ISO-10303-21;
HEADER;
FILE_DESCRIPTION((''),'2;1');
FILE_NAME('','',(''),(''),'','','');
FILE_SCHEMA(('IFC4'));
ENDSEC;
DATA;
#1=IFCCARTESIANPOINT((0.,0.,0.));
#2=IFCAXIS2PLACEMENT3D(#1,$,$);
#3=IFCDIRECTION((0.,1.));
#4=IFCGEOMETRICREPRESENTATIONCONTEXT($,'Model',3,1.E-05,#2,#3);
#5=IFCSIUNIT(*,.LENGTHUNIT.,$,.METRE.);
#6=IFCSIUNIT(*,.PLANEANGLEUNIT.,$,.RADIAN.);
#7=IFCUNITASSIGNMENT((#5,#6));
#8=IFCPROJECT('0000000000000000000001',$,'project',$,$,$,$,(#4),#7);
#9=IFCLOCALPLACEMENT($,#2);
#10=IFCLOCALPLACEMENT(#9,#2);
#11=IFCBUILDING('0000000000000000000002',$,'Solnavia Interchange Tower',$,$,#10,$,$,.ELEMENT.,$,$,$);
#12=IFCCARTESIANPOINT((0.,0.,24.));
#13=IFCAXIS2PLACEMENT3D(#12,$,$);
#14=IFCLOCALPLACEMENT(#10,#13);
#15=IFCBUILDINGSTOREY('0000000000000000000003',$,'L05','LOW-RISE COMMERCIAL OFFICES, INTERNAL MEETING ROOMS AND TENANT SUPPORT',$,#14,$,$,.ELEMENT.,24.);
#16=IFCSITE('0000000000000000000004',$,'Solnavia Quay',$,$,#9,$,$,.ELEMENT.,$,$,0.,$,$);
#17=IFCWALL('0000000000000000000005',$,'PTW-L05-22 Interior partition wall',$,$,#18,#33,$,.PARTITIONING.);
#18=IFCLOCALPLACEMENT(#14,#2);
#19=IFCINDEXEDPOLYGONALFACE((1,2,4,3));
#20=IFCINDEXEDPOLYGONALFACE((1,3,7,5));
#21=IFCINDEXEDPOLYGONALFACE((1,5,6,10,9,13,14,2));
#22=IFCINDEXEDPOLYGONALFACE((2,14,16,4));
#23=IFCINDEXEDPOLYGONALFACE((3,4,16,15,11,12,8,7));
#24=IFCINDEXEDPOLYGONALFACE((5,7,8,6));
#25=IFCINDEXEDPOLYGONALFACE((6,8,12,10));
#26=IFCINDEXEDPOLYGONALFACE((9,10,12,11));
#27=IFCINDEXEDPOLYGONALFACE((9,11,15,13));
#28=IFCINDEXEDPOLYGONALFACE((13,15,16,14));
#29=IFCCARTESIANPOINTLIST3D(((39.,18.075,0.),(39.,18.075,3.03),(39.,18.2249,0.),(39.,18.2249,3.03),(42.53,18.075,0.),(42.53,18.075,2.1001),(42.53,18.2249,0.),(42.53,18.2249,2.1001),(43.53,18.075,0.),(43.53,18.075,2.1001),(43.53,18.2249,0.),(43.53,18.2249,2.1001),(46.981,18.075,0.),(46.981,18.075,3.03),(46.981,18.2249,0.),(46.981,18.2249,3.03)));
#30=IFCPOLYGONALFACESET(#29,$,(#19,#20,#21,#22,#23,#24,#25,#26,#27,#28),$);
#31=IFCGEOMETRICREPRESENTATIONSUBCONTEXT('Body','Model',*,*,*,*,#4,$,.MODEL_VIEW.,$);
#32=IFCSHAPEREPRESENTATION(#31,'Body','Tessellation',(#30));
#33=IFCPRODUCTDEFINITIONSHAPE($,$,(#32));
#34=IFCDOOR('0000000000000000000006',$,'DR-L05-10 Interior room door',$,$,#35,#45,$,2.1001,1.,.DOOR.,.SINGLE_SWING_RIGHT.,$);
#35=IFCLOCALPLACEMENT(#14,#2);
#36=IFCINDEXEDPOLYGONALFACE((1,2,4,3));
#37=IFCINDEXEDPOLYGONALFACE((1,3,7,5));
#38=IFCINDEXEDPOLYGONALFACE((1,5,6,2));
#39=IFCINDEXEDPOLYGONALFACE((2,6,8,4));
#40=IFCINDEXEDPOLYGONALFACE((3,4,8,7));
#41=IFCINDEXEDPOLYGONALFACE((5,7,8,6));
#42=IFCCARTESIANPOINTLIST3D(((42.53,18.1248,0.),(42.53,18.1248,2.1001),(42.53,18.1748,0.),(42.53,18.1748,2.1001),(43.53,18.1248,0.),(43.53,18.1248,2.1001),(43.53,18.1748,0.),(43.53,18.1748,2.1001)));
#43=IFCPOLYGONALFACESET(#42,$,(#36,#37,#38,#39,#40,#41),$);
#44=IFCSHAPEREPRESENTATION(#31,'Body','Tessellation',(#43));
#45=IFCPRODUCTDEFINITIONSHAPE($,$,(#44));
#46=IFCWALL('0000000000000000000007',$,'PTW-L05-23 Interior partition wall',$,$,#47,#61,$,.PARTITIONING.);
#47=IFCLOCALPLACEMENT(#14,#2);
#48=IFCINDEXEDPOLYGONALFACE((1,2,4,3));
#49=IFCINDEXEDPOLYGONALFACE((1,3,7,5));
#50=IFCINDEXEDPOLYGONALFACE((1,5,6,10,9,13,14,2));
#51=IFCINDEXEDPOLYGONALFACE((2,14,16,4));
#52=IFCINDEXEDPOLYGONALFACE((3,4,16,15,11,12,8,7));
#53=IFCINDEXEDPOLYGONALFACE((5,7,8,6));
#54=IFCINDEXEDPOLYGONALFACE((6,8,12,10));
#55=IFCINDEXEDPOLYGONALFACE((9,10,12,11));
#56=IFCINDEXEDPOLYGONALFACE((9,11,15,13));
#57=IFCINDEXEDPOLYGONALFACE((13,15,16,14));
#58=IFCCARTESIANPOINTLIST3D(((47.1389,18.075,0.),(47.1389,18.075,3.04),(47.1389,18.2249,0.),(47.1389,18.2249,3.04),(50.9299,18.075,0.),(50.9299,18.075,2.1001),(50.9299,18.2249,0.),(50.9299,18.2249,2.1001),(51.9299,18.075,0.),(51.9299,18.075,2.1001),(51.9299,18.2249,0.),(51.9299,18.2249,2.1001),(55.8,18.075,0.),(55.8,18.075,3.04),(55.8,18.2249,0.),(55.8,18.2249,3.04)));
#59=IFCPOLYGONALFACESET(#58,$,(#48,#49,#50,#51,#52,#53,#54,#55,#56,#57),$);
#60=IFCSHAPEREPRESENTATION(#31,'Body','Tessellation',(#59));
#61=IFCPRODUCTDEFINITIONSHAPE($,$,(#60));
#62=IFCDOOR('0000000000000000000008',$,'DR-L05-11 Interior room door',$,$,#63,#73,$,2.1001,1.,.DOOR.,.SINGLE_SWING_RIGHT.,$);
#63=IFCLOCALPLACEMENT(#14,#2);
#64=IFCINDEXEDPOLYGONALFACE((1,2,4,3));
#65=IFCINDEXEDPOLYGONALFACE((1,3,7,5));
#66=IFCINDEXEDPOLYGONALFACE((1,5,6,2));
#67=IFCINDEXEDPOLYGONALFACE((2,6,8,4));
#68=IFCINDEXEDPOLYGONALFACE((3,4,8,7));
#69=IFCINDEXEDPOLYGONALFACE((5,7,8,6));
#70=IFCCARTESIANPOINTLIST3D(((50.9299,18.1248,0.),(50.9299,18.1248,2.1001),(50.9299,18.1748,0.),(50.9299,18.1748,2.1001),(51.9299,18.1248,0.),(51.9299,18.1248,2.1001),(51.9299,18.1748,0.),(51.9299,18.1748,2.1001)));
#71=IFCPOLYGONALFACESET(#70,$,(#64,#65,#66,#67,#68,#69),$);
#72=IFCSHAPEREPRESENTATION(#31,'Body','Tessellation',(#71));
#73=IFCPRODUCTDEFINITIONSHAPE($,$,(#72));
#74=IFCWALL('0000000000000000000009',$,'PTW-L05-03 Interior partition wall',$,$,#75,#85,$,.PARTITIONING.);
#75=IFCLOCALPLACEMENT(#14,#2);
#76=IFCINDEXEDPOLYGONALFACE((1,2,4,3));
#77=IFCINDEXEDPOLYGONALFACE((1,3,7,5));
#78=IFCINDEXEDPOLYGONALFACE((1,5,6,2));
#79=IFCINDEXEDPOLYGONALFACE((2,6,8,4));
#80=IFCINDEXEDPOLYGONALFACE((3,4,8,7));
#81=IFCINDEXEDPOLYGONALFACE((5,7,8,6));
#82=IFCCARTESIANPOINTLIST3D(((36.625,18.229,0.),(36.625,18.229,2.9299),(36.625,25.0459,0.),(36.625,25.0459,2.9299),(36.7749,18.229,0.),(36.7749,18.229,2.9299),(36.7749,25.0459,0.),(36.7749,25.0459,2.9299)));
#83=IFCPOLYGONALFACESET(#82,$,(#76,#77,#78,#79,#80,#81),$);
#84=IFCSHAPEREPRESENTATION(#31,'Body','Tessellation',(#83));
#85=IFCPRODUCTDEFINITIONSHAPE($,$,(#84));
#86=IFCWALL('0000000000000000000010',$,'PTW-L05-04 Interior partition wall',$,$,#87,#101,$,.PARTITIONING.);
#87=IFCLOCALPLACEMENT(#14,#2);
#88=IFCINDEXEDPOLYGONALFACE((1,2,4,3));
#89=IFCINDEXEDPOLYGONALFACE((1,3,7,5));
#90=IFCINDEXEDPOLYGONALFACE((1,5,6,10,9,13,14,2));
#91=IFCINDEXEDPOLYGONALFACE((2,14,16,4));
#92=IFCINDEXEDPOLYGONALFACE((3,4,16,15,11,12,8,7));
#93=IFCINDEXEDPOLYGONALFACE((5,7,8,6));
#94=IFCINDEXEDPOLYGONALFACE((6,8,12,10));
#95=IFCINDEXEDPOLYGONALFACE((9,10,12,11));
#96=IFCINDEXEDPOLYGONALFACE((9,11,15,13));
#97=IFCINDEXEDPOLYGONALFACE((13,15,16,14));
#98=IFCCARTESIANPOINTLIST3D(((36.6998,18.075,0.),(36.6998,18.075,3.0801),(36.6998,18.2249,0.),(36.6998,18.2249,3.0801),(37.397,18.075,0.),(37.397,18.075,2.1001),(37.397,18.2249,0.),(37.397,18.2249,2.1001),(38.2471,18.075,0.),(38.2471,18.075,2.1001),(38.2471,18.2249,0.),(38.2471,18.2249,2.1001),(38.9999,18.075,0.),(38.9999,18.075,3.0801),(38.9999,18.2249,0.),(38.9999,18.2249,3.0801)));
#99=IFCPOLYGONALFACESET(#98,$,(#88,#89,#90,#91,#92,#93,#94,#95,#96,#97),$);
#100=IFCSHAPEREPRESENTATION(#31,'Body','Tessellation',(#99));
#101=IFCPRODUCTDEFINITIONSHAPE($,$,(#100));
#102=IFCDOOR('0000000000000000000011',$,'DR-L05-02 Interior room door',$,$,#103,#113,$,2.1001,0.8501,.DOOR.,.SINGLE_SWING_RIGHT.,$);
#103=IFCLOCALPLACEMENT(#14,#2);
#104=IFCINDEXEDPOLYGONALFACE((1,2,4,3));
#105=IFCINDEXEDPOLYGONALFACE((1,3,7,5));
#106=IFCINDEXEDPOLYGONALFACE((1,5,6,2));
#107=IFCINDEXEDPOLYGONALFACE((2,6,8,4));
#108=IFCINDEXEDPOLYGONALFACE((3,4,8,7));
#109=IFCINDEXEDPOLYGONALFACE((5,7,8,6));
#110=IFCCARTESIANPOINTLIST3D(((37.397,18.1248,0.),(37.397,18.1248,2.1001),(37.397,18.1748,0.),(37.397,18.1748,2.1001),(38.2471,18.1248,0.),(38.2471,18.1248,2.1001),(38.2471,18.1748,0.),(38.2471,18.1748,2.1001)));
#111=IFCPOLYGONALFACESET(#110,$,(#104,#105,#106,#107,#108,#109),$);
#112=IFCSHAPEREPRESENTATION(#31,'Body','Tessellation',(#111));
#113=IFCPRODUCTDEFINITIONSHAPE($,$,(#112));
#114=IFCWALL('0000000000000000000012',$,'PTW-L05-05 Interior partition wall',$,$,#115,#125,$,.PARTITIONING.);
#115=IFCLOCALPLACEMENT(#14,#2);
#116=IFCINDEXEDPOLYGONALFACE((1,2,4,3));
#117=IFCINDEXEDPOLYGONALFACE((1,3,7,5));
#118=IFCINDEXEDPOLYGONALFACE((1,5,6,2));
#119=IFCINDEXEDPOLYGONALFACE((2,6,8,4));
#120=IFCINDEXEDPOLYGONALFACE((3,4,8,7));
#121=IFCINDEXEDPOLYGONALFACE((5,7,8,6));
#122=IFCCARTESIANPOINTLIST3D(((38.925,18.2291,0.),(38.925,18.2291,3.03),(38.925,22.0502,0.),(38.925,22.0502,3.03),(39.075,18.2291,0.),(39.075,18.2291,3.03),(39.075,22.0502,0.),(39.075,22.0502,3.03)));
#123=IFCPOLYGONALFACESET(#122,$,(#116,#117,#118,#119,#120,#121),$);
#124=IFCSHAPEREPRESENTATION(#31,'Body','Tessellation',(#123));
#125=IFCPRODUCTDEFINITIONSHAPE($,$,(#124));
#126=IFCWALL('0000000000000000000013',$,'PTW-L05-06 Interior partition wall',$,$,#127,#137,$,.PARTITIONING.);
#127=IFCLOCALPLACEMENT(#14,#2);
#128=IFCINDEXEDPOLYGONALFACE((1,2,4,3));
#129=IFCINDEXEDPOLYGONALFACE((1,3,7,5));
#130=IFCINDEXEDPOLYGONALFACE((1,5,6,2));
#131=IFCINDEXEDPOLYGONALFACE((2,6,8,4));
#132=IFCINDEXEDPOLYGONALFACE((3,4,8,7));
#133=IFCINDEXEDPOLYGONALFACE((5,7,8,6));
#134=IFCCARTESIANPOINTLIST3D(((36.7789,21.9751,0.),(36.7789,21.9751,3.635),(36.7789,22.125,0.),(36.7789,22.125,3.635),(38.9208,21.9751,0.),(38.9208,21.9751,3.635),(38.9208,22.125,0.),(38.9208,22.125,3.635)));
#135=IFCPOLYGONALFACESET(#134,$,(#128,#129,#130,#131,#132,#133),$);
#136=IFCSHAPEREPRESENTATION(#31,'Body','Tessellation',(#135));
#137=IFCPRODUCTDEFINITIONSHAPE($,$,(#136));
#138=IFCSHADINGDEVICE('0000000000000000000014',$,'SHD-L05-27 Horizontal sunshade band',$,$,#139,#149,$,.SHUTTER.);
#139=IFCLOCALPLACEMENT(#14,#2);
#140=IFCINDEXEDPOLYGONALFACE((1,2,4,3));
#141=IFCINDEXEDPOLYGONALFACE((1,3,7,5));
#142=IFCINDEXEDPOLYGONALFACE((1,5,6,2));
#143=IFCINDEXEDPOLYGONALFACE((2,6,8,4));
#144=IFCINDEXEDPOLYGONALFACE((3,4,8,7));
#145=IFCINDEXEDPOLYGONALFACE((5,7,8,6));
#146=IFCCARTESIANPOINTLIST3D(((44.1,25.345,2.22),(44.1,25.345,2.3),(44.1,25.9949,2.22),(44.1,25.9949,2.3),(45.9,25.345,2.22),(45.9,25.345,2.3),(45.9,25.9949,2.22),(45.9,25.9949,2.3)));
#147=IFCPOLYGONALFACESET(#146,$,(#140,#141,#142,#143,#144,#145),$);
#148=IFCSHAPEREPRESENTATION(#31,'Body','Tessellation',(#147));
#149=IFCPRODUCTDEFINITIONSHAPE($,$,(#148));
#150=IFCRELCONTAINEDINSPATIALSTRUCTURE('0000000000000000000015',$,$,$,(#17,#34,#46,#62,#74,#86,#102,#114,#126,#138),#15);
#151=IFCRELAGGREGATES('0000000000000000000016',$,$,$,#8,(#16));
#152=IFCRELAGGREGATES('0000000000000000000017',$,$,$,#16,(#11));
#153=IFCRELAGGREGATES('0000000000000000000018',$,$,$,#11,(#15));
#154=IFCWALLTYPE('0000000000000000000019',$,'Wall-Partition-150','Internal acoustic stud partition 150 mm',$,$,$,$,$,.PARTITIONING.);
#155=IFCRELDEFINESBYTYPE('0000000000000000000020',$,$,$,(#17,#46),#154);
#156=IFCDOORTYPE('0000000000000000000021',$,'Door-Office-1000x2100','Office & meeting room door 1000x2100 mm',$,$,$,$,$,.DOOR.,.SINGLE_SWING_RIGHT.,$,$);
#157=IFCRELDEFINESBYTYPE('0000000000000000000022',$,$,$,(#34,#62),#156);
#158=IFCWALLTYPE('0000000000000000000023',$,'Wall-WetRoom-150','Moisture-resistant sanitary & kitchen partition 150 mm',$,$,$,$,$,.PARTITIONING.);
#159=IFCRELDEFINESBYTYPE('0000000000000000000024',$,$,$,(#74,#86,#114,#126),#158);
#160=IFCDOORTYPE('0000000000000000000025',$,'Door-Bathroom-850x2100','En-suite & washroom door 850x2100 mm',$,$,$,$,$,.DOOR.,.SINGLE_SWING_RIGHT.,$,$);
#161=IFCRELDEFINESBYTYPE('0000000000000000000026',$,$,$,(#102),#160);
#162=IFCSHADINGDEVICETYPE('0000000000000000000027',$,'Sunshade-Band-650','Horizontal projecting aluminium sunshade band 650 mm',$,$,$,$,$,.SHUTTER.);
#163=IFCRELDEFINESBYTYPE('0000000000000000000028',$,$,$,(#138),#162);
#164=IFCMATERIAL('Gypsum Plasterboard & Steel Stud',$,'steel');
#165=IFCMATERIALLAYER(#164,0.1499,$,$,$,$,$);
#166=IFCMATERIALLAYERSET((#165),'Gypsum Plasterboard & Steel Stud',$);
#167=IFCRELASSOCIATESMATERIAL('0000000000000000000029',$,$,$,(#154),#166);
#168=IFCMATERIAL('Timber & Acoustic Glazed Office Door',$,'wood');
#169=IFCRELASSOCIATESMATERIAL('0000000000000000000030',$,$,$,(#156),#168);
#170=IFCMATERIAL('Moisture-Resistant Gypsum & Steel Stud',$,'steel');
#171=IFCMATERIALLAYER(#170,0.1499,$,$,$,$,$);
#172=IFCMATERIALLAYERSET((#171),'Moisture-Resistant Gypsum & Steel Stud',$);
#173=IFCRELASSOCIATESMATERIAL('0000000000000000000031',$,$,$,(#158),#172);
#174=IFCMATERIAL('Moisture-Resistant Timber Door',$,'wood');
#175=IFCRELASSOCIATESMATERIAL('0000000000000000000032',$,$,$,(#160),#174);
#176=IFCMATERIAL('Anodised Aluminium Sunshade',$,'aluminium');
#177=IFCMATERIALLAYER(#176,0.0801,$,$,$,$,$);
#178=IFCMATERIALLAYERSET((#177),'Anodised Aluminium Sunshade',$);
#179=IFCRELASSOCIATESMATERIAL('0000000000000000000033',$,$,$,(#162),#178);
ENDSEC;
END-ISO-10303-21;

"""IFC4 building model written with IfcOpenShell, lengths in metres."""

from ifc_helpers import new_model, si_unit, direction, frame, frame_2d, origin, origin_2d, place, context, subcontext, project, spatial, rectangle, extrude, material, layer, layer_set, type_object, element, fill, save


model = new_model("IFC4")

# Units and contexts
model_context = context("Model", 3, precision=1e-05, world=origin(), true_north=direction((0.0, 1.0)))
body_context = subcontext(model_context, "Body", "Model", "MODEL_VIEW")
ifc_project = project(units=[si_unit("LENGTHUNIT", "METRE"), si_unit("PLANEANGLEUNIT", "RADIAN")], contexts=[model_context])

# Site, building, storey
site_placement = place(None, origin())
site = spatial("IfcSite", under=ifc_project, at=site_placement, Name="Solnavia Quay", CompositionType="ELEMENT", RefElevation=0.0)
building_placement = place(site_placement, origin())
building = spatial("IfcBuilding", under=site, at=building_placement, Name="Solnavia Interchange Tower", CompositionType="ELEMENT")
storey_placement = place(building_placement, frame((0.0, 0.0, 24.0)))
storey = spatial("IfcBuildingStorey", under=building, at=storey_placement, Name="L05", Description="LOW-RISE COMMERCIAL OFFICES, INTERNAL MEETING ROOMS AND TENANT SUPPORT", CompositionType="ELEMENT", Elevation=24.0)

# Shared definitions
ifc_material_1 = material(Name="Gypsum Plasterboard & Steel Stud", Category="steel")
ifc_layer_1 = layer(ifc_material_1, 0.1499)
ifc_layer_set_1 = layer_set([ifc_layer_1], Name="Gypsum Plasterboard & Steel Stud")
wall_type_1 = type_object("IfcWallType", Name="Wall-Partition-150", Description="Internal acoustic stud partition 150 mm", PredefinedType="PARTITIONING", material=ifc_layer_set_1)

# Walls, openings, doors
wall_1_placement = place(storey_placement, frame((39.0, 18.1499, 0.0), z_axis=(0.0, 0.0, 1.0), x_axis=(1.0, 0.0, 0.0)))
wall_1 = element("IfcWall", 1, at=wall_1_placement, inside=storey, type_object=wall_type_1, Name="PTW-L05-22 Interior partition wall", PredefinedType="PARTITIONING", context=body_context, shape_type="SweptSolid", body=[
    extrude(rectangle(XDim=7.981, YDim=0.1499, at=frame_2d((3.9905, 0.0))), origin(), (0.0, 0.0, 1.0), 3.03),
])
opening_1_placement = place(wall_1_placement, frame((3.53, 0.0, 0.0)))
opening_1 = element("IfcOpeningElement", 2, at=opening_1_placement, cuts=wall_1, PredefinedType="OPENING", context=body_context, shape_type="SweptSolid", body=[
    extrude(rectangle(XDim=1.0, YDim=2.1001, at=frame_2d((0.5, 1.05))), frame((0.0, 0.085, 0.0), z_axis=(0.0, -1.0, 0.0), x_axis=(1.0, 0.0, 0.0)), (0.0, 0.0, 1.0), 0.1699),
])
ifc_material_2 = material(Name="Timber & Acoustic Glazed Office Door", Category="wood")
door_type_1 = type_object("IfcDoorType", Name="Door-Office-1000x2100", Description="Office & meeting room door 1000x2100 mm", OperationType="SINGLE_SWING_RIGHT", PredefinedType="DOOR", material=ifc_material_2)
door_1_placement = place(opening_1_placement, origin())
door_1 = element("IfcDoor", 3, at=door_1_placement, inside=storey, type_object=door_type_1, Name="DR-L05-10 Interior room door", OperationType="SINGLE_SWING_RIGHT", OverallHeight=2.1001, OverallWidth=1.0, PredefinedType="DOOR", context=body_context, shape_type="SweptSolid", body=[
    extrude(rectangle(XDim=1.0, YDim=2.1001, at=frame_2d((0.5, 1.05))), frame((0.0, 0.0249, 0.0), z_axis=(0.0, -1.0, 0.0), x_axis=(1.0, 0.0, 0.0)), (0.0, 0.0, 1.0), 0.05),
])
fill(opening_1, door_1)
wall_2_placement = place(storey_placement, frame((47.1389, 18.1499, 0.0), z_axis=(0.0, 0.0, 1.0), x_axis=(1.0, 0.0, 0.0)))
wall_2 = element("IfcWall", 4, at=wall_2_placement, inside=storey, type_object=wall_type_1, Name="PTW-L05-23 Interior partition wall", PredefinedType="PARTITIONING", context=body_context, shape_type="SweptSolid", body=[
    extrude(rectangle(XDim=8.6611, YDim=0.1499, at=frame_2d((4.3306, 0.0))), origin(), (0.0, 0.0, 1.0), 3.04),
])
opening_2_placement = place(wall_2_placement, frame((3.791, 0.0, 0.0)))
opening_2 = element("IfcOpeningElement", 5, at=opening_2_placement, cuts=wall_2, PredefinedType="OPENING", context=body_context, shape_type="SweptSolid", body=[
    extrude(rectangle(XDim=1.0, YDim=2.1001, at=frame_2d((0.5, 1.05))), frame((0.0, 0.085, 0.0), z_axis=(0.0, -1.0, 0.0), x_axis=(1.0, 0.0, 0.0)), (0.0, 0.0, 1.0), 0.1699),
])
door_2_placement = place(opening_2_placement, origin())
door_2 = element("IfcDoor", 6, at=door_2_placement, inside=storey, type_object=door_type_1, Name="DR-L05-11 Interior room door", OperationType="SINGLE_SWING_RIGHT", OverallHeight=2.1001, OverallWidth=1.0, PredefinedType="DOOR", context=body_context, shape_type="SweptSolid", body=[
    extrude(rectangle(XDim=1.0, YDim=2.1001, at=frame_2d((0.5, 1.05))), frame((0.0, 0.0249, 0.0), z_axis=(0.0, -1.0, 0.0), x_axis=(1.0, 0.0, 0.0)), (0.0, 0.0, 1.0), 0.05),
])
fill(opening_2, door_2)

# Wall
ifc_material_3 = material(Name="Moisture-Resistant Gypsum & Steel Stud", Category="steel")
ifc_layer_2 = layer(ifc_material_3, 0.1499)
ifc_layer_set_2 = layer_set([ifc_layer_2], Name="Moisture-Resistant Gypsum & Steel Stud")
wall_type_2 = type_object("IfcWallType", Name="Wall-WetRoom-150", Description="Moisture-resistant sanitary & kitchen partition 150 mm", PredefinedType="PARTITIONING", material=ifc_layer_set_2)
wall_3_placement = place(storey_placement, frame((36.7, 18.229, 0.0), z_axis=(0.0, 0.0, 1.0), x_axis=(0.0, 1.0, 0.0)))
element("IfcWall", 7, at=wall_3_placement, inside=storey, type_object=wall_type_2, Name="PTW-L05-03 Interior partition wall", PredefinedType="PARTITIONING", context=body_context, shape_type="SweptSolid", body=[
    extrude(rectangle(XDim=6.8169, YDim=0.1499, at=frame_2d((3.4084, 0.0))), origin(), (0.0, 0.0, 1.0), 2.9299),
])

# Wall, opening, door
wall_4_placement = place(storey_placement, frame((36.7, 18.1499, 0.0), z_axis=(0.0, 0.0, 1.0), x_axis=(1.0, 0.0, 0.0)))
wall_4 = element("IfcWall", 8, at=wall_4_placement, inside=storey, type_object=wall_type_2, Name="PTW-L05-04 Interior partition wall", PredefinedType="PARTITIONING", context=body_context, shape_type="SweptSolid", body=[
    extrude(rectangle(XDim=2.3, YDim=0.1499, at=frame_2d((1.1499, 0.0))), origin(), (0.0, 0.0, 1.0), 3.0801),
])
opening_3_placement = place(wall_4_placement, frame((0.697, 0.0, 0.0)))
opening_3 = element("IfcOpeningElement", 9, at=opening_3_placement, cuts=wall_4, PredefinedType="OPENING", context=body_context, shape_type="SweptSolid", body=[
    extrude(rectangle(XDim=0.8501, YDim=2.1001, at=frame_2d((0.425, 1.05))), frame((0.0, 0.085, 0.0), z_axis=(0.0, -1.0, 0.0), x_axis=(1.0, 0.0, 0.0)), (0.0, 0.0, 1.0), 0.1699),
])
ifc_material_4 = material(Name="Moisture-Resistant Timber Door", Category="wood")
door_type_2 = type_object("IfcDoorType", Name="Door-Bathroom-850x2100", Description="En-suite & washroom door 850x2100 mm", OperationType="SINGLE_SWING_RIGHT", PredefinedType="DOOR", material=ifc_material_4)
door_3_placement = place(opening_3_placement, origin())
door_3 = element("IfcDoor", 10, at=door_3_placement, inside=storey, type_object=door_type_2, Name="DR-L05-02 Interior room door", OperationType="SINGLE_SWING_RIGHT", OverallHeight=2.1001, OverallWidth=0.8501, PredefinedType="DOOR", context=body_context, shape_type="SweptSolid", body=[
    extrude(rectangle(XDim=0.8501, YDim=2.1001, at=frame_2d((0.425, 1.05))), frame((0.0, 0.0249, 0.0), z_axis=(0.0, -1.0, 0.0), x_axis=(1.0, 0.0, 0.0)), (0.0, 0.0, 1.0), 0.05),
])
fill(opening_3, door_3)

# Walls
wall_5_placement = place(storey_placement, frame((39.0, 18.229, 0.0), z_axis=(0.0, 0.0, 1.0), x_axis=(0.0, 1.0, 0.0)))
element("IfcWall", 11, at=wall_5_placement, inside=storey, type_object=wall_type_2, Name="PTW-L05-05 Interior partition wall", PredefinedType="PARTITIONING", context=body_context, shape_type="SweptSolid", body=[
    extrude(rectangle(XDim=3.821, YDim=0.1499, at=frame_2d((1.9106, 0.0))), origin(), (0.0, 0.0, 1.0), 3.03),
])
wall_6_placement = place(storey_placement, frame((36.7791, 22.05, 0.0), z_axis=(0.0, 0.0, 1.0), x_axis=(1.0, 0.0, 0.0)))
element("IfcWall", 12, at=wall_6_placement, inside=storey, type_object=wall_type_2, Name="PTW-L05-06 Interior partition wall", PredefinedType="PARTITIONING", context=body_context, shape_type="SweptSolid", body=[
    extrude(rectangle(XDim=2.1418, YDim=0.1499, at=frame_2d((1.0708, 0.0))), origin(), (0.0, 0.0, 1.0), 3.635),
])

# Shading device
ifc_material_5 = material(Name="Anodised Aluminium Sunshade", Category="aluminium")
ifc_layer_3 = layer(ifc_material_5, 0.0801)
ifc_layer_set_3 = layer_set([ifc_layer_3], Name="Anodised Aluminium Sunshade")
shading_device_type = type_object("IfcShadingDeviceType", Name="Sunshade-Band-650", Description="Horizontal projecting aluminium sunshade band 650 mm", PredefinedType="SHUTTER", material=ifc_layer_set_3)
shading_device_placement = place(storey_placement, frame((45.0, 25.6699, 2.22), z_axis=(0.0, 0.0, 1.0), x_axis=(1.0, 0.0, 0.0)))
element("IfcShadingDevice", 13, at=shading_device_placement, inside=storey, type_object=shading_device_type, Name="SHD-L05-27 Horizontal sunshade band", PredefinedType="SHUTTER", context=body_context, shape_type="SweptSolid", body=[
    extrude(rectangle(XDim=1.8, YDim=0.6499, at=origin_2d()), origin(), (0.0, 0.0, 1.0), 0.0801),
])

save(model, "model.ifc")
